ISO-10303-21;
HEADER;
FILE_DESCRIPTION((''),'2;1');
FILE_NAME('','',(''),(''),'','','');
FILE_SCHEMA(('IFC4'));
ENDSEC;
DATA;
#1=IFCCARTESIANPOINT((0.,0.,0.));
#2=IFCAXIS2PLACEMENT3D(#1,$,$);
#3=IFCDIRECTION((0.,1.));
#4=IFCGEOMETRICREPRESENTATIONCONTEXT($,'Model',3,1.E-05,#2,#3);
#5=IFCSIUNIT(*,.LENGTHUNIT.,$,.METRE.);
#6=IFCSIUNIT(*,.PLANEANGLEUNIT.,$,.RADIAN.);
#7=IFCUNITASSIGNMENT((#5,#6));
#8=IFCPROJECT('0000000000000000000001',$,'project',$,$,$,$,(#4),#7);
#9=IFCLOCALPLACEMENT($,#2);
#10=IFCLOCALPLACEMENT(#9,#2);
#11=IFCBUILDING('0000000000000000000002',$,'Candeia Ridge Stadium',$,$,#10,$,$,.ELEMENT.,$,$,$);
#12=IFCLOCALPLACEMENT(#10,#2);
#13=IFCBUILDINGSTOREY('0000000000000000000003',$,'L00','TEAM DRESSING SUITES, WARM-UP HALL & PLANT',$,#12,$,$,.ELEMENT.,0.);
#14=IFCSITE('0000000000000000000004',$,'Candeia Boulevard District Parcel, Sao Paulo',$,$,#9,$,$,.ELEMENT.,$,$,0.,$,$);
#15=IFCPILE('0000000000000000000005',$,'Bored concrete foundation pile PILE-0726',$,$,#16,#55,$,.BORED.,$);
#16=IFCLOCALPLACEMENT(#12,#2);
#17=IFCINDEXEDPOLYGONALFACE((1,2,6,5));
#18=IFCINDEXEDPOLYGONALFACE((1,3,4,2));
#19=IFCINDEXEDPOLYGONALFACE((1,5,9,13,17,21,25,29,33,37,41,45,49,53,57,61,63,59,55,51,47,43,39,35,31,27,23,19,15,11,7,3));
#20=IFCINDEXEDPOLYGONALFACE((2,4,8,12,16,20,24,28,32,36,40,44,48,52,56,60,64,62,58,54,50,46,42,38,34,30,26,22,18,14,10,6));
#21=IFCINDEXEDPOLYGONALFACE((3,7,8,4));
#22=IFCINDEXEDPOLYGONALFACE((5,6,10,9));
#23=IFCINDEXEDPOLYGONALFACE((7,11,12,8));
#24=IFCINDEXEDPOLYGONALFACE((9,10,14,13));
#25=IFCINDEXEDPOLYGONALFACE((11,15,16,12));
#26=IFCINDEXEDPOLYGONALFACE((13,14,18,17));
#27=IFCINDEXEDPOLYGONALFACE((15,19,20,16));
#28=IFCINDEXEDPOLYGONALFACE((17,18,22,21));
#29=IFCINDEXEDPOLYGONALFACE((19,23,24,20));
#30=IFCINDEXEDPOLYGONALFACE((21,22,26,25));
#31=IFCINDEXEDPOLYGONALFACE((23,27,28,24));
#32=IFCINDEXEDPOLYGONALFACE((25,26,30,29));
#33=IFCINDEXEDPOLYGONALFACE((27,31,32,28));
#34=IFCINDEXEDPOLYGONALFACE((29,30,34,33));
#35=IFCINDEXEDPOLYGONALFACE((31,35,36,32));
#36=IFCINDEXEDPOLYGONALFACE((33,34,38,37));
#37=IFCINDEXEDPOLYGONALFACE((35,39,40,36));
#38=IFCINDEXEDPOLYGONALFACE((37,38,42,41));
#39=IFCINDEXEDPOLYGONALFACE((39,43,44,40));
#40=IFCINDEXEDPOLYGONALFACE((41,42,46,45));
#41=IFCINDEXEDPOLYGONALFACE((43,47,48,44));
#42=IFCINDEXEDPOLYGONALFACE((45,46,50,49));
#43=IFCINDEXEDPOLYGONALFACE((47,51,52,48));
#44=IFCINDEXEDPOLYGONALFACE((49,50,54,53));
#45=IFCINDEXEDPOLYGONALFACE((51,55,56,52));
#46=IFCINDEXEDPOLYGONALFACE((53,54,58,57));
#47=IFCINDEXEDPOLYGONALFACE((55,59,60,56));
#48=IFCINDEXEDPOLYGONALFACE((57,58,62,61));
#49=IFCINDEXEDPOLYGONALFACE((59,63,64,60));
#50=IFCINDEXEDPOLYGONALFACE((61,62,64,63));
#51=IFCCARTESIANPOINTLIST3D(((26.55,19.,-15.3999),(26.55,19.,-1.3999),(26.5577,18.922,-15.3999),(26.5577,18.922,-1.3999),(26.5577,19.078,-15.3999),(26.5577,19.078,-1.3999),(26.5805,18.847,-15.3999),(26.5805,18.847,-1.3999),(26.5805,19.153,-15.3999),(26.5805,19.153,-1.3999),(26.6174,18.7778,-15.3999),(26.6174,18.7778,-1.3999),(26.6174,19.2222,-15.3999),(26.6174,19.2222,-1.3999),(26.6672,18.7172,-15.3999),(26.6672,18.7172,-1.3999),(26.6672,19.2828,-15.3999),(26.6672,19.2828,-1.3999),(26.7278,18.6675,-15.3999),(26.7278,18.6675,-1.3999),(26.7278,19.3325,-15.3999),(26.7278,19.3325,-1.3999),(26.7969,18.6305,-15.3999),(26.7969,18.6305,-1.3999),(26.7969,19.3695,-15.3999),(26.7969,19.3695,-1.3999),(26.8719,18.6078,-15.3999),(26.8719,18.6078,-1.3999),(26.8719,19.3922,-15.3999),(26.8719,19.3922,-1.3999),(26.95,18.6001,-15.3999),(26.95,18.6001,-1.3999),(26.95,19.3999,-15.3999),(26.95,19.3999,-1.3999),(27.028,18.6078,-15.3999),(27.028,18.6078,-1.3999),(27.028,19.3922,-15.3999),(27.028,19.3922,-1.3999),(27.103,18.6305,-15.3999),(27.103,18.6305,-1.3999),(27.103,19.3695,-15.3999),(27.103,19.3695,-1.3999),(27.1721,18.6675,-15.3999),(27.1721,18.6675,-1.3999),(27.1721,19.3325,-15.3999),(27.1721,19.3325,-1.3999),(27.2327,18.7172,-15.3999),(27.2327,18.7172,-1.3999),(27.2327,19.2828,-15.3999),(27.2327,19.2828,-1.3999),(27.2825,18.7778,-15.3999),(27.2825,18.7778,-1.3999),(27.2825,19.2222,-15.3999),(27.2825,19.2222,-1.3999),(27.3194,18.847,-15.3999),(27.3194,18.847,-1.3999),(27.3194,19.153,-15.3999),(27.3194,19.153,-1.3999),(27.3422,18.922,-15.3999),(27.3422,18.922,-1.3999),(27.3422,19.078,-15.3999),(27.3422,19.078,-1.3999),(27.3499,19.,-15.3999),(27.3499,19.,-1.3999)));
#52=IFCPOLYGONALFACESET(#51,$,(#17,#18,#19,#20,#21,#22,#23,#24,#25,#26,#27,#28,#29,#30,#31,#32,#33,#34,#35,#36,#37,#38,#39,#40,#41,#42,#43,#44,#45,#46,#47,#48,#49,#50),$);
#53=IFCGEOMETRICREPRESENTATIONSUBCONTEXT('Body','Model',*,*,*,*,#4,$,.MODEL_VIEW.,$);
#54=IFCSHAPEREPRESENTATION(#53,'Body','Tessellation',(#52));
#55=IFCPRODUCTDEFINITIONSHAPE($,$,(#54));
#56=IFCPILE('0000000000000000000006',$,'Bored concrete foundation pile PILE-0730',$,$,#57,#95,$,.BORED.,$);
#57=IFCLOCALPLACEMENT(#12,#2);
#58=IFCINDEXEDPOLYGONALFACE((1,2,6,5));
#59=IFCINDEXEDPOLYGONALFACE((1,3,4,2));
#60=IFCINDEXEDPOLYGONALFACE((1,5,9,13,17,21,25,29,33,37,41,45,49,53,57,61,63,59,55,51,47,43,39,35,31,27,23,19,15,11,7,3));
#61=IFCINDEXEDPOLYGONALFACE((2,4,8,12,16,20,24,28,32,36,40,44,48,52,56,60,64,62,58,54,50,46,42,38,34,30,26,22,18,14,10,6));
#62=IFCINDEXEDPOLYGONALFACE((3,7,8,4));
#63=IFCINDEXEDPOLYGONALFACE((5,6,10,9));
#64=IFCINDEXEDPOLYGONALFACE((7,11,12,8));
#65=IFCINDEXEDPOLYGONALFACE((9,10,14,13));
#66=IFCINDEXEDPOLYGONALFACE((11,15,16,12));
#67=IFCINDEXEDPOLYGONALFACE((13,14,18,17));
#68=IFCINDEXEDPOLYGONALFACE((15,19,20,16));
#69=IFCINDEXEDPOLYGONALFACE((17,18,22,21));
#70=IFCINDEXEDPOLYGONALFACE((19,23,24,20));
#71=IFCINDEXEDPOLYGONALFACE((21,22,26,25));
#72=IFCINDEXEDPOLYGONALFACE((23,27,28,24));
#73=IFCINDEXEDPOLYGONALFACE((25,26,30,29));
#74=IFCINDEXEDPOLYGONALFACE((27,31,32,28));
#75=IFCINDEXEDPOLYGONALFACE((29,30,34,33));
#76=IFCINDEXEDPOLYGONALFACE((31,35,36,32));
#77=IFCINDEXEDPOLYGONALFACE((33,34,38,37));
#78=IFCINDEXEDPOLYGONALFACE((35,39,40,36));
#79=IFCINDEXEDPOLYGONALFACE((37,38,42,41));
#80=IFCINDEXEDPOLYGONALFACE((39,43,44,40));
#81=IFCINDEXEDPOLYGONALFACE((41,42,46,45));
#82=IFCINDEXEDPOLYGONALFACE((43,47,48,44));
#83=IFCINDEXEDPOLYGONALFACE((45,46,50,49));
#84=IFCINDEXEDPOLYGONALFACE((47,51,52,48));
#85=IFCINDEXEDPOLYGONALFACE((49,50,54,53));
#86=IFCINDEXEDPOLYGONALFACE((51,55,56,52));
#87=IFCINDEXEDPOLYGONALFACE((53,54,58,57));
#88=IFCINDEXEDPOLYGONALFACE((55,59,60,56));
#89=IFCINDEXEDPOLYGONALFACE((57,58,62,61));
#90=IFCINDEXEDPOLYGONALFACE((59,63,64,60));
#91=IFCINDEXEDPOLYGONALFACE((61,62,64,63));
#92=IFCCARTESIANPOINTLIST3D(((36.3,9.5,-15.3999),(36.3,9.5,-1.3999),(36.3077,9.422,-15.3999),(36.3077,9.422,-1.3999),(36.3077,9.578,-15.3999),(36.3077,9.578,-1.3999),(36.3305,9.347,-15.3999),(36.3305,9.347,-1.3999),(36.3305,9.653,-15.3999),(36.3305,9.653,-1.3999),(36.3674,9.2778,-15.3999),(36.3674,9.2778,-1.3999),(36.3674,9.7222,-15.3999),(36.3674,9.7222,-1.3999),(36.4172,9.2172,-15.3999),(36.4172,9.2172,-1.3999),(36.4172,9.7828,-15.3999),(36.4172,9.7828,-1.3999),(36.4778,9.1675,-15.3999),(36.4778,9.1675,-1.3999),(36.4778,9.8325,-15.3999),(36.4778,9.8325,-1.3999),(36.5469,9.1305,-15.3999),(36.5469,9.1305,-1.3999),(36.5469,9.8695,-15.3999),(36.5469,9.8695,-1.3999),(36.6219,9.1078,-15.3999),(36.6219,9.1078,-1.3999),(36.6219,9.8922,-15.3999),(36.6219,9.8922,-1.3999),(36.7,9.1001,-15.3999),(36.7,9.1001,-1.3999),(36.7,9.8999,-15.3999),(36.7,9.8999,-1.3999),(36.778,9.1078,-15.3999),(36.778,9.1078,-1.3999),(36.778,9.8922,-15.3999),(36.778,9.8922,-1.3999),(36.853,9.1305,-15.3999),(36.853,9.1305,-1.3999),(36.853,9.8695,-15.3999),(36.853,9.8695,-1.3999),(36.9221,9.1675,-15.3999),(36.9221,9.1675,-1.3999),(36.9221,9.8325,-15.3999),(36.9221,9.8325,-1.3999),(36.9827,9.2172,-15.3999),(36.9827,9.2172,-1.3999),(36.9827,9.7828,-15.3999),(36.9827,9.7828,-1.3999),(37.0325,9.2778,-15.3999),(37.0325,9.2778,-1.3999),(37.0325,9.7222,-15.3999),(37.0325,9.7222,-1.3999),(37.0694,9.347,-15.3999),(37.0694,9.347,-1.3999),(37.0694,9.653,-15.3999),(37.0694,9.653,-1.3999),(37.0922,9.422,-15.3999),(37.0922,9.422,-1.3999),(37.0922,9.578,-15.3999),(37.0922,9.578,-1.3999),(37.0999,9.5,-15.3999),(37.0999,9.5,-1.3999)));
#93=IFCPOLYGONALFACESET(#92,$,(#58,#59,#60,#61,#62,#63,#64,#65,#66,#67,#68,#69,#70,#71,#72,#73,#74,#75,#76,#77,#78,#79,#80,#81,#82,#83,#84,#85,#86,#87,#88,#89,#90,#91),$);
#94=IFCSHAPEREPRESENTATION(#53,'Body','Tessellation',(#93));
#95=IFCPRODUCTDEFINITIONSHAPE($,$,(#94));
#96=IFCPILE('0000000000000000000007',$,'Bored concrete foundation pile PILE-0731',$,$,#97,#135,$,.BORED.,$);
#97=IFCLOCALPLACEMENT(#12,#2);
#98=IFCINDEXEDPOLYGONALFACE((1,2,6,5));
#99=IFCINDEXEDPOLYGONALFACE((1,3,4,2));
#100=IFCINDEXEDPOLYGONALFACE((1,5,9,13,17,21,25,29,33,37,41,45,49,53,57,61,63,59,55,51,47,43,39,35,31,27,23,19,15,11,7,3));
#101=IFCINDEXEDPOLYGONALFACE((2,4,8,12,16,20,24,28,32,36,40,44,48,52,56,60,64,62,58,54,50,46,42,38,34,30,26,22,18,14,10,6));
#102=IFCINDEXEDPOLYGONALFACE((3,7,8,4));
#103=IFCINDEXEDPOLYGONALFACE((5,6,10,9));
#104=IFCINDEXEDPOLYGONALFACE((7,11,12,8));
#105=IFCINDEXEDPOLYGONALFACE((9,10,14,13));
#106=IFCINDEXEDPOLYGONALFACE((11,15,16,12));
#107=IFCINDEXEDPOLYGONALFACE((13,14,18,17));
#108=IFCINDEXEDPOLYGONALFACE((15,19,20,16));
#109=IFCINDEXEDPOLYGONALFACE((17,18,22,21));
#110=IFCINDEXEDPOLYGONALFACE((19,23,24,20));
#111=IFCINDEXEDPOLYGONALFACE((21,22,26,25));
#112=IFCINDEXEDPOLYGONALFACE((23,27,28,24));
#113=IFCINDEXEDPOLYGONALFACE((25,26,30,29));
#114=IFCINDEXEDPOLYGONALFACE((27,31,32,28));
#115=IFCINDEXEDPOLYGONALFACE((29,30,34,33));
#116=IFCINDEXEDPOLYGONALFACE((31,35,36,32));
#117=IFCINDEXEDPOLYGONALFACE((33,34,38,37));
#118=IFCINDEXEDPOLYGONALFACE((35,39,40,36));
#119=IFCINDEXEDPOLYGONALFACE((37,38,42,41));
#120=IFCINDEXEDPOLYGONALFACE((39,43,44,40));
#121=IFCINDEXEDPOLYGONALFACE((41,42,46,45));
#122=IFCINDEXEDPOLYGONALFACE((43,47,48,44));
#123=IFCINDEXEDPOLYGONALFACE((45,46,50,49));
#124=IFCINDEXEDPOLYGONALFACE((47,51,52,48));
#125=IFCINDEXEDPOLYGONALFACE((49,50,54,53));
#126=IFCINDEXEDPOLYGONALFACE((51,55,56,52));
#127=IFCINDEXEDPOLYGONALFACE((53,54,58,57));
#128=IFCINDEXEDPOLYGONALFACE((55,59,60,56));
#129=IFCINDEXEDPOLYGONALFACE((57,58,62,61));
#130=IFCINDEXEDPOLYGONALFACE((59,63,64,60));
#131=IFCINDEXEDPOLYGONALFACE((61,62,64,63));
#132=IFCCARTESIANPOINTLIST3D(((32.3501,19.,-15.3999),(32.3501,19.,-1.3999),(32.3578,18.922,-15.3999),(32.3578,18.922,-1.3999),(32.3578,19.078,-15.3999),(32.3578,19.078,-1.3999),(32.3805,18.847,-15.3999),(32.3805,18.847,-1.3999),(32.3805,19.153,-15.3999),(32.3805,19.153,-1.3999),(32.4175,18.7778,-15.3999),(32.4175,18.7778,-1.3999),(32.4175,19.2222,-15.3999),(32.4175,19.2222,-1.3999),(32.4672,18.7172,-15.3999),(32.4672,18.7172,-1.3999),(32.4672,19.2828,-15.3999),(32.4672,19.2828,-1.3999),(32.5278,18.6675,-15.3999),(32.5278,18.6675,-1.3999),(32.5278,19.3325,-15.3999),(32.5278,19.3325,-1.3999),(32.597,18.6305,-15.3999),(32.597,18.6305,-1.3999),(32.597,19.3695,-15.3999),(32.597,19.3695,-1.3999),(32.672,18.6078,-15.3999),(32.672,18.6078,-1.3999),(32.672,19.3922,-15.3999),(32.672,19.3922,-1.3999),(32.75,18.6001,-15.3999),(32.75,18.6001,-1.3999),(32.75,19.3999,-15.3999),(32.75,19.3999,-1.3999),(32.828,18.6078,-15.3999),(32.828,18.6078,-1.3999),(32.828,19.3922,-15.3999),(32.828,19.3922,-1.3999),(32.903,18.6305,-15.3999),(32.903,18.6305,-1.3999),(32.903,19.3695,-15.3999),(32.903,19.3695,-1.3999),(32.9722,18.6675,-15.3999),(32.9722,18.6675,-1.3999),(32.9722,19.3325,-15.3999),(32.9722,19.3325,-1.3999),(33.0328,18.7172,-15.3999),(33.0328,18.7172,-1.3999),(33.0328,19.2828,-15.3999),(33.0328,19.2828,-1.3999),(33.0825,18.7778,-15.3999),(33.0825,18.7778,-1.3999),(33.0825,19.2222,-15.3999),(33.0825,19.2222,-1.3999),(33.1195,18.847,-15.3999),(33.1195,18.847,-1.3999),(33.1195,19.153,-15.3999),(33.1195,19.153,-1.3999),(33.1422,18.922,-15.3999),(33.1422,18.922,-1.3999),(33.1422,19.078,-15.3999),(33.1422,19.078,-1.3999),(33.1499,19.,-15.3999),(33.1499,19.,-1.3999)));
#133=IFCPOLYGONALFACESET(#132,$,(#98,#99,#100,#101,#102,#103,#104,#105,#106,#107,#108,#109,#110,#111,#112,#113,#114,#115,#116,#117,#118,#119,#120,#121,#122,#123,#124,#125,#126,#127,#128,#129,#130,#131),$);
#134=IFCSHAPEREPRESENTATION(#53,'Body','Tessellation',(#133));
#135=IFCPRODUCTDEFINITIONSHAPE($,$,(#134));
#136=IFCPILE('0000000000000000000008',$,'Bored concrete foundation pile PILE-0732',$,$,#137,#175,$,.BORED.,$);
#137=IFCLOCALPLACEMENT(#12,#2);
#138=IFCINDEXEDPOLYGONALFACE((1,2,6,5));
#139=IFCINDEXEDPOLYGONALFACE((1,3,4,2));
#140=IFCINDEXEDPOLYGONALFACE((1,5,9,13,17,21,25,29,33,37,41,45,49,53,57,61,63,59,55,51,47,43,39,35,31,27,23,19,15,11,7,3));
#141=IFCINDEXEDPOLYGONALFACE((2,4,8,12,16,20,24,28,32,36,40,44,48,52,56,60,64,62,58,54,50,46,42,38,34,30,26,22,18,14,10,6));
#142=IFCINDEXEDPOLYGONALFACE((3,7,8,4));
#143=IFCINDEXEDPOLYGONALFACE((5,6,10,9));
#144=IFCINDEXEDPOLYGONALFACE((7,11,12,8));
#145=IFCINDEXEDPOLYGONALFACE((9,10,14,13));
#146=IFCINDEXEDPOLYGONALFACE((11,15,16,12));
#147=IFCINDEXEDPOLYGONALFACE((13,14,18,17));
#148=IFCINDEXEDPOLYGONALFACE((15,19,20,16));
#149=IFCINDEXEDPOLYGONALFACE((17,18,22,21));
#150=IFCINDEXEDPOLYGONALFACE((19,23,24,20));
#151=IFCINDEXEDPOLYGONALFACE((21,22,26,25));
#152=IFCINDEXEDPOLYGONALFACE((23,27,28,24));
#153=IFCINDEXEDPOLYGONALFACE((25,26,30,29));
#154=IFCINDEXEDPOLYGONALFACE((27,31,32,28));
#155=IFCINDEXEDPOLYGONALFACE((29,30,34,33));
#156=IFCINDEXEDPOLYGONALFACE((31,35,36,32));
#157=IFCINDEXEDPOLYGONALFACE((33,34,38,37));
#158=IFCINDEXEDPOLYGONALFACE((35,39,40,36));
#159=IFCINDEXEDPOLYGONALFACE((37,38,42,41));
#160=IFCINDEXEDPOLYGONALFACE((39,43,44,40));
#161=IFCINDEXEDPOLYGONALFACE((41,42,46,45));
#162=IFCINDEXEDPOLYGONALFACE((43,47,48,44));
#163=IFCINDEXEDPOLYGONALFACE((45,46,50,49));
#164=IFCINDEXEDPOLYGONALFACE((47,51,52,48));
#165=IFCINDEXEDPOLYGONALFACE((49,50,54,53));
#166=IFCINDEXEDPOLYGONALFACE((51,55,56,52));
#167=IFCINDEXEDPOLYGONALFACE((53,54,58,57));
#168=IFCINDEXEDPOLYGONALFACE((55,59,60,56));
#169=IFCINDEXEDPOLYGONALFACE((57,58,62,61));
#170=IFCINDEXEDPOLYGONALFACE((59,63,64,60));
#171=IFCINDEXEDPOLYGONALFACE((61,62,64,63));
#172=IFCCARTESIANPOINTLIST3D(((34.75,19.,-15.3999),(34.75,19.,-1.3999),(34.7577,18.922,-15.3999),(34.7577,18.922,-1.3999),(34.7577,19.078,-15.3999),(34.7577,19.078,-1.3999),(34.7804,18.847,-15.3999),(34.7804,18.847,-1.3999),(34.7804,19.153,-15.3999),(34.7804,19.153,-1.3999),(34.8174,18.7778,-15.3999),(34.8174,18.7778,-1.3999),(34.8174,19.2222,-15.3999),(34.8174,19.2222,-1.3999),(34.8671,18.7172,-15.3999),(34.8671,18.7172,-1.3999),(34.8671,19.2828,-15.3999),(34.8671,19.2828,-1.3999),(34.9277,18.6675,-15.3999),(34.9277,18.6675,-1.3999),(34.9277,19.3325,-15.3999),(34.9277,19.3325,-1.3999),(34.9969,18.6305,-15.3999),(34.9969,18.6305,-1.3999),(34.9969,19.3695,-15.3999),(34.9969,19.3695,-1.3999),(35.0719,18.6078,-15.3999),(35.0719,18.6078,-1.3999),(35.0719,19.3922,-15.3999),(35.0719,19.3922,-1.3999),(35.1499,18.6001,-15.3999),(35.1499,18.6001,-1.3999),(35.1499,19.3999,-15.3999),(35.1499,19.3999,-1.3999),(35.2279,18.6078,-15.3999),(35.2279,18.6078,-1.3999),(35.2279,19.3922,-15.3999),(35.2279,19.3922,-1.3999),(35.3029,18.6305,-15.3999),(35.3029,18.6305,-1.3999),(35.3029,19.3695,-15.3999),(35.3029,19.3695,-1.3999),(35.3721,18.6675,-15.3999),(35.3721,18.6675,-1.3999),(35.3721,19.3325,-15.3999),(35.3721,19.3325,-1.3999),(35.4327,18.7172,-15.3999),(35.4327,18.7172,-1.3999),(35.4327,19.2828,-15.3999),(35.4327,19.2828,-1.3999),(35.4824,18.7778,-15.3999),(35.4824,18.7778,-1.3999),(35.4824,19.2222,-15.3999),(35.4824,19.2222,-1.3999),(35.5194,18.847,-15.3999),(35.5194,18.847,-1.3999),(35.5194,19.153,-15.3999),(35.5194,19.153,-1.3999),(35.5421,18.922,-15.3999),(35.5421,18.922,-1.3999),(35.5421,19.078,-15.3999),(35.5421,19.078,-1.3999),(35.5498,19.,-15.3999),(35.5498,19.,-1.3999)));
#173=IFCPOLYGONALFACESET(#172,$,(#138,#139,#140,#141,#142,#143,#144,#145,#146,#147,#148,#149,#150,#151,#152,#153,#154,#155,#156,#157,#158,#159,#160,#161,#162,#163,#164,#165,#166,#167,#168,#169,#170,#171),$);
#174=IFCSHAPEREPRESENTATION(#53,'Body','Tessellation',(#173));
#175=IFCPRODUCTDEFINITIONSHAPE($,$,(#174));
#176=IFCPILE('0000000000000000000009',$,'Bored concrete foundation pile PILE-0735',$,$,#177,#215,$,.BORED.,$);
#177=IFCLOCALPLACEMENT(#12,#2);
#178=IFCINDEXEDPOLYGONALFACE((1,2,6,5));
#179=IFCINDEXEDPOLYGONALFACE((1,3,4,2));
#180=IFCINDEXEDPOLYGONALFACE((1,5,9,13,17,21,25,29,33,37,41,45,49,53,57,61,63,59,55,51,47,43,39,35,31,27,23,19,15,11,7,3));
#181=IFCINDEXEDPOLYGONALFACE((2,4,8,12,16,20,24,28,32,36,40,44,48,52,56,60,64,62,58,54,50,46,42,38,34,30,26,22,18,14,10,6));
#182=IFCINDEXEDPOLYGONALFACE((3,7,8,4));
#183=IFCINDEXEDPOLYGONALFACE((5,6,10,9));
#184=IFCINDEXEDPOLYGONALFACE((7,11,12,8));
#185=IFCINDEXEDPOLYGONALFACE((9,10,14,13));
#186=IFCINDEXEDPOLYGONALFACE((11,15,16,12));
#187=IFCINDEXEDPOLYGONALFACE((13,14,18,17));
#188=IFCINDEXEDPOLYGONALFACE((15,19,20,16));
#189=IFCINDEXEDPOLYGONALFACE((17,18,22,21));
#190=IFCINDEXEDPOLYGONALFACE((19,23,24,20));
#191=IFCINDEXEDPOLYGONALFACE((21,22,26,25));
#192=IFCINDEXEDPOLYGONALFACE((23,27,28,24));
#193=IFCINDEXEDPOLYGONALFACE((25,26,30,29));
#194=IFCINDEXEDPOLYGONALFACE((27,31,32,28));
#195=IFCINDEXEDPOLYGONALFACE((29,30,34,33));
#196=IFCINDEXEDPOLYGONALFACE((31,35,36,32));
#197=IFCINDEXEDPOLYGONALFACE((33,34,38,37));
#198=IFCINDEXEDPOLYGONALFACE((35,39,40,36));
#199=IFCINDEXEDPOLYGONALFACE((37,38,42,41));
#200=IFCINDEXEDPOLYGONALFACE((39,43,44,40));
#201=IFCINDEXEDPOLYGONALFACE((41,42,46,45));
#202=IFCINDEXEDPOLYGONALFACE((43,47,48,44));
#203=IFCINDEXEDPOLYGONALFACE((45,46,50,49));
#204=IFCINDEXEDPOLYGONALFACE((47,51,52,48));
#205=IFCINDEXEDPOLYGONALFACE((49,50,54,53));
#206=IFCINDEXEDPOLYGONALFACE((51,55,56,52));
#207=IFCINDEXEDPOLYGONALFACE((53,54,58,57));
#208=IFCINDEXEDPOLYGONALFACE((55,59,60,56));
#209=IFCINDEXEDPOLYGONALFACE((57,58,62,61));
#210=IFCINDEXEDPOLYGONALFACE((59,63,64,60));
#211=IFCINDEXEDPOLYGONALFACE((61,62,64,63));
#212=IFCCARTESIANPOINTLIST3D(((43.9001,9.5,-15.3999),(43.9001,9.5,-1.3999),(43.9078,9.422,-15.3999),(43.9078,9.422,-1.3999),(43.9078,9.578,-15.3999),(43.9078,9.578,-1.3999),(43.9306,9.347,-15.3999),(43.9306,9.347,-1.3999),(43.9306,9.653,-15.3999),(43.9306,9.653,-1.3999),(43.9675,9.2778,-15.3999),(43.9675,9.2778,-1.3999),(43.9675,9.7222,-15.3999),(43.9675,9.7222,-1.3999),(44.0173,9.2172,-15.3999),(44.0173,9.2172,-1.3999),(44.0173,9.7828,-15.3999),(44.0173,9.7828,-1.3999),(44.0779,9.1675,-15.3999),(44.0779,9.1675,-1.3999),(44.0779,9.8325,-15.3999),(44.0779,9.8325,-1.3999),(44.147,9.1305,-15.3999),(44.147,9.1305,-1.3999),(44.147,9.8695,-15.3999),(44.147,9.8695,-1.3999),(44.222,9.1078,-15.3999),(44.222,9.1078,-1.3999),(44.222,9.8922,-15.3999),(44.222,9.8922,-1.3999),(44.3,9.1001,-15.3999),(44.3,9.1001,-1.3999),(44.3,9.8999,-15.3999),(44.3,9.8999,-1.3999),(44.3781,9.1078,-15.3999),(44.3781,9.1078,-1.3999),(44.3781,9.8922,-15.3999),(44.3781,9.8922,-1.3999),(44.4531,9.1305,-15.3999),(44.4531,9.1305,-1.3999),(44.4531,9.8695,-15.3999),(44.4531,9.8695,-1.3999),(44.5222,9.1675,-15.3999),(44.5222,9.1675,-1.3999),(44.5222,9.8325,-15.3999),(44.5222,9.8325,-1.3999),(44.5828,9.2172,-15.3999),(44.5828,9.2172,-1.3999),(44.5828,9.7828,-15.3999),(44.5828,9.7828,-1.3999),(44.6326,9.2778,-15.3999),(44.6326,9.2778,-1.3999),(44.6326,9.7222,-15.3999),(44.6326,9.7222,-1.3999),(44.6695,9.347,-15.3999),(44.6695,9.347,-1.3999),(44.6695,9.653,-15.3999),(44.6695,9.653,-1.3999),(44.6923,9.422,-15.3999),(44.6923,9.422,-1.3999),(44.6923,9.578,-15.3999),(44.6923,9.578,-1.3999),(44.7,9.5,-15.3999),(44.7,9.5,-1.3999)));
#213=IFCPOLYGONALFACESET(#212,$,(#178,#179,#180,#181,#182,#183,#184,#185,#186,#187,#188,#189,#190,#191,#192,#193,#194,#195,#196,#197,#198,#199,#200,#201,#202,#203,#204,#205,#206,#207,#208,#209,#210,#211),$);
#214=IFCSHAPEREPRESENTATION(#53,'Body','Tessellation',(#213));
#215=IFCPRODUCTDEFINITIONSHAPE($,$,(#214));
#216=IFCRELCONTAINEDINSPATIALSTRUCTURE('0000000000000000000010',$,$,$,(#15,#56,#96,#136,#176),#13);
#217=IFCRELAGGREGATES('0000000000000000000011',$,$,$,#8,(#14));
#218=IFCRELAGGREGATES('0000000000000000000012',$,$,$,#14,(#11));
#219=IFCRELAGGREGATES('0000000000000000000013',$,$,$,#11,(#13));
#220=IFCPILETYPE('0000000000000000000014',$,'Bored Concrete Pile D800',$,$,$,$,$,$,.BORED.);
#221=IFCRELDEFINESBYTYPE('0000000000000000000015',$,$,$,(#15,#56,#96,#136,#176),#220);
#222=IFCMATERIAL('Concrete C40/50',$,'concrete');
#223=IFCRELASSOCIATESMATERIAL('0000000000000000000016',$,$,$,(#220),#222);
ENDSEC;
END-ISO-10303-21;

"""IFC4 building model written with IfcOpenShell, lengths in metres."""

from ifc_helpers import new_model, si_unit, direction, frame, origin, origin_2d, place, context, subcontext, project, spatial, circle, extrude, material, material_profile, profile_set, type_object, element, save


model = new_model("IFC4")

# Units and contexts
model_context = context("Model", 3, precision=1e-05, world=origin(), true_north=direction((0.0, 1.0)))
body_context = subcontext(model_context, "Body", "Model", "MODEL_VIEW")
ifc_project = project(units=[si_unit("LENGTHUNIT", "METRE"), si_unit("PLANEANGLEUNIT", "RADIAN")], contexts=[model_context])

# Site, building, storey
site_placement = place(None, origin())
site = spatial("IfcSite", under=ifc_project, at=site_placement, Name="Candeia Boulevard District Parcel, Sao Paulo", CompositionType="ELEMENT", RefElevation=0.0)
building_placement = place(site_placement, origin())
building = spatial("IfcBuilding", under=site, at=building_placement, Name="Candeia Ridge Stadium", CompositionType="ELEMENT")
storey_placement = place(building_placement, origin())
storey = spatial("IfcBuildingStorey", under=building, at=storey_placement, Name="L00", Description="TEAM DRESSING SUITES, WARM-UP HALL & PLANT", CompositionType="ELEMENT", Elevation=0.0)

# Piles
ifc_material_1 = material(Name="Concrete C40/50", Category="concrete")
ifc_material_profile_1 = material_profile(ifc_material_1, circle(Radius=0.3999, at=origin_2d()), Name="PILE-D800", Category="concrete")
ifc_profile_set_1 = profile_set([ifc_material_profile_1], Name="Concrete C40/50")
pile_type = type_object("IfcPileType", Name="Bored Concrete Pile D800", PredefinedType="BORED", material=ifc_profile_set_1)
for number, where, z_axis, x_axis, name in (
    (1, (26.95, 19.0, -1.3999), (0.0, 0.0, -1.0), (1.0, 0.0, 0.0), "Bored concrete foundation pile PILE-0726"),
    (2, (36.7, 9.5, -1.3999), (0.0, 0.0, -1.0), (1.0, 0.0, 0.0), "Bored concrete foundation pile PILE-0730"),
    (3, (32.75, 19.0, -1.3999), (0.0, 0.0, -1.0), (1.0, 0.0, 0.0), "Bored concrete foundation pile PILE-0731"),
    (4, (35.1499, 19.0, -1.3999), (0.0, 0.0, -1.0), (1.0, 0.0, 0.0), "Bored concrete foundation pile PILE-0732"),
    (5, (44.3, 9.5, -1.3999), (0.0, 0.0, -1.0), (1.0, 0.0, 0.0), "Bored concrete foundation pile PILE-0735"),
):
    element("IfcPile", number, at=place(storey_placement, frame(where, z_axis=z_axis, x_axis=x_axis)), inside=storey, type_object=pile_type, Name=name, PredefinedType="BORED", context=body_context, shape_type="SweptSolid", body=[
        extrude(circle(Radius=0.3999, at=origin_2d()), origin(), (0.0, 0.0, 1.0), 14.0),
    ])

save(model, "model.ifc")
